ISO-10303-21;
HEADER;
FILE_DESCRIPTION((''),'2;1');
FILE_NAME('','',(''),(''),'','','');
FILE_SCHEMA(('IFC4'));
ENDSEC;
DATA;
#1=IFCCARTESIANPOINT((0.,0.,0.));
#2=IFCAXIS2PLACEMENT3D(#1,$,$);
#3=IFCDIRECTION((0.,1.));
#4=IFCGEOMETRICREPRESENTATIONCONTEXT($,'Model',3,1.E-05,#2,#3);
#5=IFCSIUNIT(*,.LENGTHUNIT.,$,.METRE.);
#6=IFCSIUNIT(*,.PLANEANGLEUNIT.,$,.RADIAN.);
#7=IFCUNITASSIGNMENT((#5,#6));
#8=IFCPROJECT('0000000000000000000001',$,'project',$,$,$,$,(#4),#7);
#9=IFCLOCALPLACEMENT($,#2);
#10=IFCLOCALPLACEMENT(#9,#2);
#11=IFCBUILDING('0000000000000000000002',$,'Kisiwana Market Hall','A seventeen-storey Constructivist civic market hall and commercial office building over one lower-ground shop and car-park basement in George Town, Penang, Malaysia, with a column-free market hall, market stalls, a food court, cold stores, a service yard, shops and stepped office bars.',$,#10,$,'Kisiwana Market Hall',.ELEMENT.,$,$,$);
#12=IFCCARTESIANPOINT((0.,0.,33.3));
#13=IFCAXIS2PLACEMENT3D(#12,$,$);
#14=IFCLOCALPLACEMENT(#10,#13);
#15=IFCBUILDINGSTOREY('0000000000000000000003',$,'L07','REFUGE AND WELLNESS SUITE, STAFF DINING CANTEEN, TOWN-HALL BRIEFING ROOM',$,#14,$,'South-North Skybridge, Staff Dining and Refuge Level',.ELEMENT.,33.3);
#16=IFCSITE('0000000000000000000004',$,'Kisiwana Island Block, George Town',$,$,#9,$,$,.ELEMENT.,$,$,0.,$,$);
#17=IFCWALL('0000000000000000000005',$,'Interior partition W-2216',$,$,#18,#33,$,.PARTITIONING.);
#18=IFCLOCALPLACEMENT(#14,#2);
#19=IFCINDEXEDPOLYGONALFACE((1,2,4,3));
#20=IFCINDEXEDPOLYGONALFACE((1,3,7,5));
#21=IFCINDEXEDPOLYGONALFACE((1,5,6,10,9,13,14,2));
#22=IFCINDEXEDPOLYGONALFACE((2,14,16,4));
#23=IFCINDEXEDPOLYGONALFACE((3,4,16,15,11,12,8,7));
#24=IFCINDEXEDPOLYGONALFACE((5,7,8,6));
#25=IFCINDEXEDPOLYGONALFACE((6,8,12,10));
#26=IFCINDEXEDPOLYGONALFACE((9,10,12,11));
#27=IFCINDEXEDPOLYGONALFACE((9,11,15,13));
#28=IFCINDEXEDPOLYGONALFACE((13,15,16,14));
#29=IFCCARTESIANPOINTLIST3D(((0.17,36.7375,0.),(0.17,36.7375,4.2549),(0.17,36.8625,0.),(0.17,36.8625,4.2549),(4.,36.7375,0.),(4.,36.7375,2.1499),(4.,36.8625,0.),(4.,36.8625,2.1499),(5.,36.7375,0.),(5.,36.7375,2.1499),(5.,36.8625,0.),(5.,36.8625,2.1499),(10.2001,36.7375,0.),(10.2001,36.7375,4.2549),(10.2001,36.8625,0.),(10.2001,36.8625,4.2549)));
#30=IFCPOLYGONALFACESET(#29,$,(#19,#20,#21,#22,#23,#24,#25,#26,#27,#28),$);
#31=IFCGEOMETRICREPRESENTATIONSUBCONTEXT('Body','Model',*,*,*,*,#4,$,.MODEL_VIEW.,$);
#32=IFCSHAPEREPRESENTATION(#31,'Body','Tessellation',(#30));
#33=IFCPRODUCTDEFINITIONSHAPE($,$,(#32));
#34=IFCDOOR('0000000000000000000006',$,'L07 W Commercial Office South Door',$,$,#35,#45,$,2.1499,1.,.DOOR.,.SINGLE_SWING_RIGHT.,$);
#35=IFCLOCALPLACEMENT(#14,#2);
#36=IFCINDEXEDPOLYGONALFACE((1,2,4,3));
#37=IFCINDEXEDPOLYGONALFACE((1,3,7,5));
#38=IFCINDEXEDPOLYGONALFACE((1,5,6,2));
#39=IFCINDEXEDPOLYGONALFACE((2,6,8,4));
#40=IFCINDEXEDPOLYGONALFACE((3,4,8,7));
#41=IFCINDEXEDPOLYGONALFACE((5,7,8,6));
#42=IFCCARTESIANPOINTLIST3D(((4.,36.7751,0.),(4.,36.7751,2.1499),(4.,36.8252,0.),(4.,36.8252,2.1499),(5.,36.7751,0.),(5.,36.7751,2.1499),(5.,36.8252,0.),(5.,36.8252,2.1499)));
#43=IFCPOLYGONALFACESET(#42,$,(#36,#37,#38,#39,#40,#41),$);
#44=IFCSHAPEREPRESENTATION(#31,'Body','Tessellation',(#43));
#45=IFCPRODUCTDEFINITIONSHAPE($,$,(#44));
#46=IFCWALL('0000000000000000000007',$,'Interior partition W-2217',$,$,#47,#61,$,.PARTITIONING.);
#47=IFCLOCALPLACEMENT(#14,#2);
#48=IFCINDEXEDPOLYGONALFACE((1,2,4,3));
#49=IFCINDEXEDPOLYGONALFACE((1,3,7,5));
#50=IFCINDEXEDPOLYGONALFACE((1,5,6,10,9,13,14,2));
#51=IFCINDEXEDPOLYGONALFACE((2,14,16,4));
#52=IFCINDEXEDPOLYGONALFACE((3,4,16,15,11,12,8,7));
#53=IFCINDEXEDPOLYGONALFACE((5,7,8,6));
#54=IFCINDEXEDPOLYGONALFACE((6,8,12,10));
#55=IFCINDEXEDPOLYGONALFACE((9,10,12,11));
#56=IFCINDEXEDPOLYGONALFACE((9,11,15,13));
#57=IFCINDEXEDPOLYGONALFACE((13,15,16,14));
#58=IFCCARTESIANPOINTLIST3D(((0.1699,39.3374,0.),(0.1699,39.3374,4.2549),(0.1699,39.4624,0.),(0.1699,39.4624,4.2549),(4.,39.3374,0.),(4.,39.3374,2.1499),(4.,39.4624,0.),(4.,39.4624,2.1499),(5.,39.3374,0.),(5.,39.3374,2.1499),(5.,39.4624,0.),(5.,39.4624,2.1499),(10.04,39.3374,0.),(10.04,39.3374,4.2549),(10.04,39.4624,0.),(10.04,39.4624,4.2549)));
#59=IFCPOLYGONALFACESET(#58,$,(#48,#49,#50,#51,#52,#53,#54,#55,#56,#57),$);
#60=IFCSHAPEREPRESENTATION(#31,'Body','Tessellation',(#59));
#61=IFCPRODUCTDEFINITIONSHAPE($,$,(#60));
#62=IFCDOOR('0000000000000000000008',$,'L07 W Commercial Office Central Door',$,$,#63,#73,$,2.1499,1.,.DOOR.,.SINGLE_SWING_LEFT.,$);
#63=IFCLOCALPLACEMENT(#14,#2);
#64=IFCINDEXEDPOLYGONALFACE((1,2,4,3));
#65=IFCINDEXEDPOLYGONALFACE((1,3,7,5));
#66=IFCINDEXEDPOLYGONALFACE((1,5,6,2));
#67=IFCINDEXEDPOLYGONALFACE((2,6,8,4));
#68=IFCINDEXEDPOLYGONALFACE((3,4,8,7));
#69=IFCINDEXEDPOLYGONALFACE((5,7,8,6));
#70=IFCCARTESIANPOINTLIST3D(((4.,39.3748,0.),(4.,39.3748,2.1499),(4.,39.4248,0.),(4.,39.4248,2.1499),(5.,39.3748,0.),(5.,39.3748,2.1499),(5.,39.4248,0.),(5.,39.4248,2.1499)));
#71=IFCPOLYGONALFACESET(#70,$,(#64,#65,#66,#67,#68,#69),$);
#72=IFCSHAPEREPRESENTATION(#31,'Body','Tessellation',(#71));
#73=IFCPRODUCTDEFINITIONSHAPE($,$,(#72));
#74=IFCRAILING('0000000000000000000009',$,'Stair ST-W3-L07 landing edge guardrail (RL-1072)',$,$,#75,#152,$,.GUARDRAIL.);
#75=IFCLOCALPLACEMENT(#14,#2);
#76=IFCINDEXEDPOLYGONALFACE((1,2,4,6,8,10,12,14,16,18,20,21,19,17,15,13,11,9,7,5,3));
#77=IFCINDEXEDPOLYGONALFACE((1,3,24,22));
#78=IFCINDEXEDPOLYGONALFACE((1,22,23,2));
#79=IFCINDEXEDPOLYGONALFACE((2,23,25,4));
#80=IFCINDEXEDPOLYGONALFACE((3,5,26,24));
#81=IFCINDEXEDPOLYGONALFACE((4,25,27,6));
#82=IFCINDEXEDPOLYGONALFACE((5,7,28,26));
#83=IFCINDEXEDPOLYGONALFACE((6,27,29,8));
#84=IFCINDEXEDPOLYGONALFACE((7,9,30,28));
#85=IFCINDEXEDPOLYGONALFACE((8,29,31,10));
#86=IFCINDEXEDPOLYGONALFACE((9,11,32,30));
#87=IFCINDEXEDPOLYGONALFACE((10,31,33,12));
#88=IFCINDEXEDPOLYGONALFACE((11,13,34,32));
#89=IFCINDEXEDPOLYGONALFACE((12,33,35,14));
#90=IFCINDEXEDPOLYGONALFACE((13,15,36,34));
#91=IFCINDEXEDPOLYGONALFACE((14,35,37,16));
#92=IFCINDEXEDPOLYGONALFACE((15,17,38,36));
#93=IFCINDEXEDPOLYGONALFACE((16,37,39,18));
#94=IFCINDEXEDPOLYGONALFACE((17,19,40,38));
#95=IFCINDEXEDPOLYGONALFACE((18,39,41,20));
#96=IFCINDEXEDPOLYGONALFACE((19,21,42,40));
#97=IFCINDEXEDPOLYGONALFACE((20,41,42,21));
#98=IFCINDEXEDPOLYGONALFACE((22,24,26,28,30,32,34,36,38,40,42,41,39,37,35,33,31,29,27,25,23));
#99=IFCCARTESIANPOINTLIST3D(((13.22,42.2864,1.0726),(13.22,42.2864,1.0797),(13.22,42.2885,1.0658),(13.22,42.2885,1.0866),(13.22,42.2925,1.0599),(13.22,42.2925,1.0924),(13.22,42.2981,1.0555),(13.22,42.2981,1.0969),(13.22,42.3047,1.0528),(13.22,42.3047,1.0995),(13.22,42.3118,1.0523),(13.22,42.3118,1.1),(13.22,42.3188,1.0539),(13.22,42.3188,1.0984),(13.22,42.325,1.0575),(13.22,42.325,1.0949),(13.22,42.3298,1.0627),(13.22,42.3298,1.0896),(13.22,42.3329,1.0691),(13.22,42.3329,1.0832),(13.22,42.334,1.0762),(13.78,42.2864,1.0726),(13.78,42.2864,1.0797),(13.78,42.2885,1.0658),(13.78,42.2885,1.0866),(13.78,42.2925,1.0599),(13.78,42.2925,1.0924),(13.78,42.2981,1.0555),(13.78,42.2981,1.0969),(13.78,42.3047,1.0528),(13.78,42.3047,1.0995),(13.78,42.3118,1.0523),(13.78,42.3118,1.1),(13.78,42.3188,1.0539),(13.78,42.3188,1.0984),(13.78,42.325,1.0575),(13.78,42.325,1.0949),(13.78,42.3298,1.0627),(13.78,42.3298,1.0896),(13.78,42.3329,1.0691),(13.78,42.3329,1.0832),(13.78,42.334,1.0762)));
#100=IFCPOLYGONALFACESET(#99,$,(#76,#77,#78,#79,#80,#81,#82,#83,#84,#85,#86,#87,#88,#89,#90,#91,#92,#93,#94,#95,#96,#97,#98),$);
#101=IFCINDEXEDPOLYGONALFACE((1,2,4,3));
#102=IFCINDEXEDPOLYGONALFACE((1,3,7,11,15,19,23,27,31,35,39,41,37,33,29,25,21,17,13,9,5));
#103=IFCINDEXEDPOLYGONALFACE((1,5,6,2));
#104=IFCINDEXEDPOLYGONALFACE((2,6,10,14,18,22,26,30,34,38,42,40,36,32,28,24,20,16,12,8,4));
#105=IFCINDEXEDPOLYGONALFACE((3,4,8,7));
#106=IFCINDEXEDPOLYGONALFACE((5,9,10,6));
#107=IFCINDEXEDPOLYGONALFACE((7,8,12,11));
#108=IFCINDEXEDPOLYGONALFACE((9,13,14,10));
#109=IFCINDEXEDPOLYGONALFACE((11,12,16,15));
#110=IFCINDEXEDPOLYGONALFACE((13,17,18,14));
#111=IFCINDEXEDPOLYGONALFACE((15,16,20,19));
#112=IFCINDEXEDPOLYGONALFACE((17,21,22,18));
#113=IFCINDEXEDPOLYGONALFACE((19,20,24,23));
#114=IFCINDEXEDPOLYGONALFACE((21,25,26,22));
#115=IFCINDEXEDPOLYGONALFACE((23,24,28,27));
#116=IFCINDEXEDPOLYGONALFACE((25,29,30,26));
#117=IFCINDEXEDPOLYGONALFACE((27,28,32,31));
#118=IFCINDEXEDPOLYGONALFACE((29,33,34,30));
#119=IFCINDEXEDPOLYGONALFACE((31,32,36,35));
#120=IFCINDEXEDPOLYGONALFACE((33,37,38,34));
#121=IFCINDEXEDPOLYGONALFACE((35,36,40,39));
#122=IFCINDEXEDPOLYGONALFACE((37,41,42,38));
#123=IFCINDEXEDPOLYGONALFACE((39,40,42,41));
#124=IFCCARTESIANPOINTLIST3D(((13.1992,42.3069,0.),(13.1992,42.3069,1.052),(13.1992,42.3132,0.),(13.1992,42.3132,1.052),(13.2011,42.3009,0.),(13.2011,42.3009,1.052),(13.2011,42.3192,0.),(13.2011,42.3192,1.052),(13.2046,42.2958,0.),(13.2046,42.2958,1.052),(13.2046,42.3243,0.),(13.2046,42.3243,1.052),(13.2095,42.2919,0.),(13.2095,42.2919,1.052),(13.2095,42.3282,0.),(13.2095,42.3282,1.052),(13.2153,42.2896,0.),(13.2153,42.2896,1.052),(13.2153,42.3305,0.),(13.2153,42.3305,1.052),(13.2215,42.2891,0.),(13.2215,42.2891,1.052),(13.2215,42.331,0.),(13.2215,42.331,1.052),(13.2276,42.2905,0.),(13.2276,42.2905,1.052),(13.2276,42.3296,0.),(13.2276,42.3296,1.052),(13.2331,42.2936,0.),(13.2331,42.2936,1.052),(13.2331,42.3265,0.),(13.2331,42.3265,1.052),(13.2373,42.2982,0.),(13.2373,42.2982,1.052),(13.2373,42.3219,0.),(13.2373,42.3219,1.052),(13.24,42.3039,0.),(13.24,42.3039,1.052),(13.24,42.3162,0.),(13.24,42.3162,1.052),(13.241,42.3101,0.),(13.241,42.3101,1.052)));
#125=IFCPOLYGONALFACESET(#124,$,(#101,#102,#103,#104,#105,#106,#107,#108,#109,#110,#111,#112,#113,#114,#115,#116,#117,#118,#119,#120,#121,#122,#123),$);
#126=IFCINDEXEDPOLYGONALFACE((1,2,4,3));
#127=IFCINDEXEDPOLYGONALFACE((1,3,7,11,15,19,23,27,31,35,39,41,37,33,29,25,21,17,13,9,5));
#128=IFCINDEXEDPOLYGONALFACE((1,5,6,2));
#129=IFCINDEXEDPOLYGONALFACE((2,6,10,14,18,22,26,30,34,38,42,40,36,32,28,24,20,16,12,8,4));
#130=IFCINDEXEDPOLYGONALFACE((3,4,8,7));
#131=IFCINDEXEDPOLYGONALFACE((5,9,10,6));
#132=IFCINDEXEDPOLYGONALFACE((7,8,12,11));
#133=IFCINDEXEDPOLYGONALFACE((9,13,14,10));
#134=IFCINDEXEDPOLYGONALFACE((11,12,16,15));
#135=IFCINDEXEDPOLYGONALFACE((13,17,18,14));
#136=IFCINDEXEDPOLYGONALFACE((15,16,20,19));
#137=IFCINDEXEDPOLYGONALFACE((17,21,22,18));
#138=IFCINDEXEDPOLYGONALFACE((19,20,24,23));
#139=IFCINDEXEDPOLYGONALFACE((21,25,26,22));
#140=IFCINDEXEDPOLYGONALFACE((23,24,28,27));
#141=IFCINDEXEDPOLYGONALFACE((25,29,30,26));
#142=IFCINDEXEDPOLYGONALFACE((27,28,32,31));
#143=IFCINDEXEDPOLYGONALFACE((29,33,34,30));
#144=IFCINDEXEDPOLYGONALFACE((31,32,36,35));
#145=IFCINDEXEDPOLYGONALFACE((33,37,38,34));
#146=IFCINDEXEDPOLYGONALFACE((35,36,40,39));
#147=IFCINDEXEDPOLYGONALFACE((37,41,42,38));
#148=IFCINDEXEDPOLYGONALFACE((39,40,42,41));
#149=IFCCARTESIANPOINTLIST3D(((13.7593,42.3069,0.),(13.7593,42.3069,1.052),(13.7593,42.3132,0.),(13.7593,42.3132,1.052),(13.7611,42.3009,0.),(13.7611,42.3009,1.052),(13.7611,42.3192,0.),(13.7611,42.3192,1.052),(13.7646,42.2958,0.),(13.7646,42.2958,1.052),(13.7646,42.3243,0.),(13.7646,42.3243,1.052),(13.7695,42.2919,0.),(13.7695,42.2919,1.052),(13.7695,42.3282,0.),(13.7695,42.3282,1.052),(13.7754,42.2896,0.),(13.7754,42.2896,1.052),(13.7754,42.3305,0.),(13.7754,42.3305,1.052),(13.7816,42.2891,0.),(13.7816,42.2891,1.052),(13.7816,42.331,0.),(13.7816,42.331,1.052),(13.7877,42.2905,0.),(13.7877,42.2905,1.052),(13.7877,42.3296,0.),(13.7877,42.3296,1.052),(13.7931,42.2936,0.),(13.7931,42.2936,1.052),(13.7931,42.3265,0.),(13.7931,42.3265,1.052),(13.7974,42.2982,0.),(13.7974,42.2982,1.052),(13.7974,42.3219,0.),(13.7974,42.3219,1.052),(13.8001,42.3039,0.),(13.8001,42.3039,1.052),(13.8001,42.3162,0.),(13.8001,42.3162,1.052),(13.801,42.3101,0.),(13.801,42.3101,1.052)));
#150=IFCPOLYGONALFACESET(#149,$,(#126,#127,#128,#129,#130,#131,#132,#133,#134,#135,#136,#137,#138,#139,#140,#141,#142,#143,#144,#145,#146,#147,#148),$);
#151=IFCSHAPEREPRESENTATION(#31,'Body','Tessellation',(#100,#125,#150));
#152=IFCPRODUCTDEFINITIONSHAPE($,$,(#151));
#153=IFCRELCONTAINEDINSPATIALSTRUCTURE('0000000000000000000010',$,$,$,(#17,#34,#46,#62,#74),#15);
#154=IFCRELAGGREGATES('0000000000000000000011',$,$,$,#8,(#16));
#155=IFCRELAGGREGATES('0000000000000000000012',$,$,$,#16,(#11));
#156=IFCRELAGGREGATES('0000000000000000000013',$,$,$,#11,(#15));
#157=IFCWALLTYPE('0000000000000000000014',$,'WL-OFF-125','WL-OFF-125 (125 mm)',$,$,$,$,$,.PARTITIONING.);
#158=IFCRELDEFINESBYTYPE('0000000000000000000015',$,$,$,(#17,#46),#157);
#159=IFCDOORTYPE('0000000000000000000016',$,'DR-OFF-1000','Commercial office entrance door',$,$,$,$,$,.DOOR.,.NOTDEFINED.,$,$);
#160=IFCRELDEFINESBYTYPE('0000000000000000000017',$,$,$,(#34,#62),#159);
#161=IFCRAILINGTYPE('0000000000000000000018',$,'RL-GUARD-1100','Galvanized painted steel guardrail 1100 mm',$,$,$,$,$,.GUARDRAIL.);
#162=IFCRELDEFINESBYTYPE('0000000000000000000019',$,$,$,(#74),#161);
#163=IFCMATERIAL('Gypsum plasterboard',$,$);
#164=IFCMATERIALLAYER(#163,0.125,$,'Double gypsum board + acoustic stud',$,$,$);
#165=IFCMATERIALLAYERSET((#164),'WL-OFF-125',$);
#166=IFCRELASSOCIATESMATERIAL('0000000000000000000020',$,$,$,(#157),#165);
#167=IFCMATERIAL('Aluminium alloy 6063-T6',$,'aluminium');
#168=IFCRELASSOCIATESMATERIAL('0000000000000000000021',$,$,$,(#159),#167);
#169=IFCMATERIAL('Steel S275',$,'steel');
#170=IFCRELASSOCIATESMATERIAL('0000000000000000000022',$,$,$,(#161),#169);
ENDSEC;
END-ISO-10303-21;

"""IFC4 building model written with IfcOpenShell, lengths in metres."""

from ifc_helpers import new_model, si_unit, direction, frame, frame_2d, origin, origin_2d, place, context, subcontext, project, spatial, rectangle, circle, extrude, material, layer, layer_set, type_object, element, fill, save


model = new_model("IFC4")

# Units and contexts
model_context = context("Model", 3, precision=1e-05, world=origin(), true_north=direction((0.0, 1.0)))
body_context = subcontext(model_context, "Body", "Model", "MODEL_VIEW")
ifc_project = project(units=[si_unit("LENGTHUNIT", "METRE"), si_unit("PLANEANGLEUNIT", "RADIAN")], contexts=[model_context])

# Site, building, storey
site_placement = place(None, origin())
site = spatial("IfcSite", under=ifc_project, at=site_placement, Name="Kisiwana Island Block, George Town", CompositionType="ELEMENT", RefElevation=0.0)
building_placement = place(site_placement, origin())
building = spatial("IfcBuilding", under=site, at=building_placement, Name="Kisiwana Market Hall", Description="A seventeen-storey Constructivist civic market hall and commercial office building over one lower-ground shop and car-park basement in George Town, Penang, Malaysia, with a column-free market hall, market stalls, a food court, cold stores, a service yard, shops and stepped office bars.", LongName="Kisiwana Market Hall", CompositionType="ELEMENT")
storey_placement = place(building_placement, frame((0.0, 0.0, 33.3)))
storey = spatial("IfcBuildingStorey", under=building, at=storey_placement, Name="L07", Description="REFUGE AND WELLNESS SUITE, STAFF DINING CANTEEN, TOWN-HALL BRIEFING ROOM", LongName="South-North Skybridge, Staff Dining and Refuge Level", CompositionType="ELEMENT", Elevation=33.3)

# Walls, openings, doors
ifc_material_1 = material(Name="Gypsum plasterboard")
ifc_layer_1 = layer(ifc_material_1, 0.125, Name="Double gypsum board + acoustic stud")
ifc_layer_set_1 = layer_set([ifc_layer_1], Name="WL-OFF-125")
wall_type_1 = type_object("IfcWallType", Name="WL-OFF-125", Description="WL-OFF-125 (125 mm)", PredefinedType="PARTITIONING", material=ifc_layer_set_1)
wall_1_placement = place(storey_placement, frame((0.1699, 36.8, 0.0), z_axis=(0.0, 0.0, 1.0), x_axis=(1.0, 0.0, 0.0)))
wall_1 = element("IfcWall", 1, at=wall_1_placement, inside=storey, type_object=wall_type_1, Name="Interior partition W-2216", PredefinedType="PARTITIONING", context=body_context, shape_type="SweptSolid", body=[
    extrude(rectangle(XDim=10.03, YDim=0.125, at=frame_2d((5.0151, 0.0))), origin(), (0.0, 0.0, 1.0), 4.2549),
])
opening_1_placement = place(wall_1_placement, frame((3.8301, 0.0, 0.0)))
opening_1 = element("IfcOpeningElement", 2, at=opening_1_placement, cuts=wall_1, PredefinedType="OPENING", context=body_context, shape_type="SweptSolid", body=[
    extrude(rectangle(XDim=1.0, YDim=2.1499, at=frame_2d((0.5, 1.075))), frame((0.0, 0.0745, 0.0), z_axis=(0.0, -1.0, 0.0), x_axis=(1.0, 0.0, 0.0)), (0.0, 0.0, 1.0), 0.1489),
])
ifc_material_2 = material(Name="Aluminium alloy 6063-T6", Category="aluminium")
door_type_1 = type_object("IfcDoorType", Name="DR-OFF-1000", Description="Commercial office entrance door", OperationType="NOTDEFINED", PredefinedType="DOOR", material=ifc_material_2)
door_1_placement = place(opening_1_placement, frame((1.0, 0.0, 0.0), z_axis=(0.0, 0.0, 1.0), x_axis=(-1.0, 0.0, 0.0)))
door_1 = element("IfcDoor", 3, at=door_1_placement, inside=storey, type_object=door_type_1, Name="L07 W Commercial Office South Door", OperationType="SINGLE_SWING_RIGHT", OverallHeight=2.1499, OverallWidth=1.0, PredefinedType="DOOR", context=body_context, shape_type="SweptSolid", body=[
    extrude(rectangle(XDim=1.0, YDim=2.1499, at=frame_2d((0.5, 1.075))), frame((0.0, 0.0249, 0.0), z_axis=(0.0, -1.0, 0.0), x_axis=(1.0, 0.0, 0.0)), (0.0, 0.0, 1.0), 0.05),
])
fill(opening_1, door_1)
wall_2_placement = place(storey_placement, frame((0.1699, 39.3999, 0.0), z_axis=(0.0, 0.0, 1.0), x_axis=(1.0, 0.0, 0.0)))
wall_2 = element("IfcWall", 4, at=wall_2_placement, inside=storey, type_object=wall_type_1, Name="Interior partition W-2217", PredefinedType="PARTITIONING", context=body_context, shape_type="SweptSolid", body=[
    extrude(rectangle(XDim=9.8701, YDim=0.125, at=frame_2d((4.9351, 0.0))), origin(), (0.0, 0.0, 1.0), 4.2549),
])
opening_2_placement = place(wall_2_placement, frame((3.8301, 0.0, 0.0)))
opening_2 = element("IfcOpeningElement", 5, at=opening_2_placement, cuts=wall_2, PredefinedType="OPENING", context=body_context, shape_type="SweptSolid", body=[
    extrude(rectangle(XDim=1.0, YDim=2.1499, at=frame_2d((0.5, 1.075))), frame((0.0, 0.0745, 0.0), z_axis=(0.0, -1.0, 0.0), x_axis=(1.0, 0.0, 0.0)), (0.0, 0.0, 1.0), 0.1489),
])
door_2_placement = place(opening_2_placement, origin())
door_2 = element("IfcDoor", 6, at=door_2_placement, inside=storey, type_object=door_type_1, Name="L07 W Commercial Office Central Door", OperationType="SINGLE_SWING_LEFT", OverallHeight=2.1499, OverallWidth=1.0, PredefinedType="DOOR", context=body_context, shape_type="SweptSolid", body=[
    extrude(rectangle(XDim=1.0, YDim=2.1499, at=frame_2d((0.5, 1.075))), frame((0.0, 0.0249, 0.0), z_axis=(0.0, -1.0, 0.0), x_axis=(1.0, 0.0, 0.0)), (0.0, 0.0, 1.0), 0.05),
])
fill(opening_2, door_2)

# Railing
ifc_material_3 = material(Name="Steel S275", Category="steel")
railing_type_1 = type_object("IfcRailingType", Name="RL-GUARD-1100", Description="Galvanized painted steel guardrail 1100 mm", PredefinedType="GUARDRAIL", material=ifc_material_3)
railing_1_placement = place(storey_placement, frame((13.22, 42.3101, 0.0)))
element("IfcRailing", 7, at=railing_1_placement, inside=storey, type_object=railing_type_1, Name="Stair ST-W3-L07 landing edge guardrail (RL-1072)", PredefinedType="GUARDRAIL", context=body_context, shape_type="SweptSolid", body=[
    extrude(circle(Radius=0.0239, at=origin_2d()), frame((0.0, 0.0, 1.0762), z_axis=(1.0, 0.0, 0.0), x_axis=(0.0, 1.0, 0.0)), (0.0, 0.0, 1.0), 0.5601),
    extrude(circle(Radius=0.021, at=origin_2d()), origin(), (0.0, 0.0, 1.0), 1.052),
    extrude(circle(Radius=0.021, at=origin_2d()), frame((0.5601, 0.0, 0.0)), (0.0, 0.0, 1.0), 1.052),
])

save(model, "model.ifc")
